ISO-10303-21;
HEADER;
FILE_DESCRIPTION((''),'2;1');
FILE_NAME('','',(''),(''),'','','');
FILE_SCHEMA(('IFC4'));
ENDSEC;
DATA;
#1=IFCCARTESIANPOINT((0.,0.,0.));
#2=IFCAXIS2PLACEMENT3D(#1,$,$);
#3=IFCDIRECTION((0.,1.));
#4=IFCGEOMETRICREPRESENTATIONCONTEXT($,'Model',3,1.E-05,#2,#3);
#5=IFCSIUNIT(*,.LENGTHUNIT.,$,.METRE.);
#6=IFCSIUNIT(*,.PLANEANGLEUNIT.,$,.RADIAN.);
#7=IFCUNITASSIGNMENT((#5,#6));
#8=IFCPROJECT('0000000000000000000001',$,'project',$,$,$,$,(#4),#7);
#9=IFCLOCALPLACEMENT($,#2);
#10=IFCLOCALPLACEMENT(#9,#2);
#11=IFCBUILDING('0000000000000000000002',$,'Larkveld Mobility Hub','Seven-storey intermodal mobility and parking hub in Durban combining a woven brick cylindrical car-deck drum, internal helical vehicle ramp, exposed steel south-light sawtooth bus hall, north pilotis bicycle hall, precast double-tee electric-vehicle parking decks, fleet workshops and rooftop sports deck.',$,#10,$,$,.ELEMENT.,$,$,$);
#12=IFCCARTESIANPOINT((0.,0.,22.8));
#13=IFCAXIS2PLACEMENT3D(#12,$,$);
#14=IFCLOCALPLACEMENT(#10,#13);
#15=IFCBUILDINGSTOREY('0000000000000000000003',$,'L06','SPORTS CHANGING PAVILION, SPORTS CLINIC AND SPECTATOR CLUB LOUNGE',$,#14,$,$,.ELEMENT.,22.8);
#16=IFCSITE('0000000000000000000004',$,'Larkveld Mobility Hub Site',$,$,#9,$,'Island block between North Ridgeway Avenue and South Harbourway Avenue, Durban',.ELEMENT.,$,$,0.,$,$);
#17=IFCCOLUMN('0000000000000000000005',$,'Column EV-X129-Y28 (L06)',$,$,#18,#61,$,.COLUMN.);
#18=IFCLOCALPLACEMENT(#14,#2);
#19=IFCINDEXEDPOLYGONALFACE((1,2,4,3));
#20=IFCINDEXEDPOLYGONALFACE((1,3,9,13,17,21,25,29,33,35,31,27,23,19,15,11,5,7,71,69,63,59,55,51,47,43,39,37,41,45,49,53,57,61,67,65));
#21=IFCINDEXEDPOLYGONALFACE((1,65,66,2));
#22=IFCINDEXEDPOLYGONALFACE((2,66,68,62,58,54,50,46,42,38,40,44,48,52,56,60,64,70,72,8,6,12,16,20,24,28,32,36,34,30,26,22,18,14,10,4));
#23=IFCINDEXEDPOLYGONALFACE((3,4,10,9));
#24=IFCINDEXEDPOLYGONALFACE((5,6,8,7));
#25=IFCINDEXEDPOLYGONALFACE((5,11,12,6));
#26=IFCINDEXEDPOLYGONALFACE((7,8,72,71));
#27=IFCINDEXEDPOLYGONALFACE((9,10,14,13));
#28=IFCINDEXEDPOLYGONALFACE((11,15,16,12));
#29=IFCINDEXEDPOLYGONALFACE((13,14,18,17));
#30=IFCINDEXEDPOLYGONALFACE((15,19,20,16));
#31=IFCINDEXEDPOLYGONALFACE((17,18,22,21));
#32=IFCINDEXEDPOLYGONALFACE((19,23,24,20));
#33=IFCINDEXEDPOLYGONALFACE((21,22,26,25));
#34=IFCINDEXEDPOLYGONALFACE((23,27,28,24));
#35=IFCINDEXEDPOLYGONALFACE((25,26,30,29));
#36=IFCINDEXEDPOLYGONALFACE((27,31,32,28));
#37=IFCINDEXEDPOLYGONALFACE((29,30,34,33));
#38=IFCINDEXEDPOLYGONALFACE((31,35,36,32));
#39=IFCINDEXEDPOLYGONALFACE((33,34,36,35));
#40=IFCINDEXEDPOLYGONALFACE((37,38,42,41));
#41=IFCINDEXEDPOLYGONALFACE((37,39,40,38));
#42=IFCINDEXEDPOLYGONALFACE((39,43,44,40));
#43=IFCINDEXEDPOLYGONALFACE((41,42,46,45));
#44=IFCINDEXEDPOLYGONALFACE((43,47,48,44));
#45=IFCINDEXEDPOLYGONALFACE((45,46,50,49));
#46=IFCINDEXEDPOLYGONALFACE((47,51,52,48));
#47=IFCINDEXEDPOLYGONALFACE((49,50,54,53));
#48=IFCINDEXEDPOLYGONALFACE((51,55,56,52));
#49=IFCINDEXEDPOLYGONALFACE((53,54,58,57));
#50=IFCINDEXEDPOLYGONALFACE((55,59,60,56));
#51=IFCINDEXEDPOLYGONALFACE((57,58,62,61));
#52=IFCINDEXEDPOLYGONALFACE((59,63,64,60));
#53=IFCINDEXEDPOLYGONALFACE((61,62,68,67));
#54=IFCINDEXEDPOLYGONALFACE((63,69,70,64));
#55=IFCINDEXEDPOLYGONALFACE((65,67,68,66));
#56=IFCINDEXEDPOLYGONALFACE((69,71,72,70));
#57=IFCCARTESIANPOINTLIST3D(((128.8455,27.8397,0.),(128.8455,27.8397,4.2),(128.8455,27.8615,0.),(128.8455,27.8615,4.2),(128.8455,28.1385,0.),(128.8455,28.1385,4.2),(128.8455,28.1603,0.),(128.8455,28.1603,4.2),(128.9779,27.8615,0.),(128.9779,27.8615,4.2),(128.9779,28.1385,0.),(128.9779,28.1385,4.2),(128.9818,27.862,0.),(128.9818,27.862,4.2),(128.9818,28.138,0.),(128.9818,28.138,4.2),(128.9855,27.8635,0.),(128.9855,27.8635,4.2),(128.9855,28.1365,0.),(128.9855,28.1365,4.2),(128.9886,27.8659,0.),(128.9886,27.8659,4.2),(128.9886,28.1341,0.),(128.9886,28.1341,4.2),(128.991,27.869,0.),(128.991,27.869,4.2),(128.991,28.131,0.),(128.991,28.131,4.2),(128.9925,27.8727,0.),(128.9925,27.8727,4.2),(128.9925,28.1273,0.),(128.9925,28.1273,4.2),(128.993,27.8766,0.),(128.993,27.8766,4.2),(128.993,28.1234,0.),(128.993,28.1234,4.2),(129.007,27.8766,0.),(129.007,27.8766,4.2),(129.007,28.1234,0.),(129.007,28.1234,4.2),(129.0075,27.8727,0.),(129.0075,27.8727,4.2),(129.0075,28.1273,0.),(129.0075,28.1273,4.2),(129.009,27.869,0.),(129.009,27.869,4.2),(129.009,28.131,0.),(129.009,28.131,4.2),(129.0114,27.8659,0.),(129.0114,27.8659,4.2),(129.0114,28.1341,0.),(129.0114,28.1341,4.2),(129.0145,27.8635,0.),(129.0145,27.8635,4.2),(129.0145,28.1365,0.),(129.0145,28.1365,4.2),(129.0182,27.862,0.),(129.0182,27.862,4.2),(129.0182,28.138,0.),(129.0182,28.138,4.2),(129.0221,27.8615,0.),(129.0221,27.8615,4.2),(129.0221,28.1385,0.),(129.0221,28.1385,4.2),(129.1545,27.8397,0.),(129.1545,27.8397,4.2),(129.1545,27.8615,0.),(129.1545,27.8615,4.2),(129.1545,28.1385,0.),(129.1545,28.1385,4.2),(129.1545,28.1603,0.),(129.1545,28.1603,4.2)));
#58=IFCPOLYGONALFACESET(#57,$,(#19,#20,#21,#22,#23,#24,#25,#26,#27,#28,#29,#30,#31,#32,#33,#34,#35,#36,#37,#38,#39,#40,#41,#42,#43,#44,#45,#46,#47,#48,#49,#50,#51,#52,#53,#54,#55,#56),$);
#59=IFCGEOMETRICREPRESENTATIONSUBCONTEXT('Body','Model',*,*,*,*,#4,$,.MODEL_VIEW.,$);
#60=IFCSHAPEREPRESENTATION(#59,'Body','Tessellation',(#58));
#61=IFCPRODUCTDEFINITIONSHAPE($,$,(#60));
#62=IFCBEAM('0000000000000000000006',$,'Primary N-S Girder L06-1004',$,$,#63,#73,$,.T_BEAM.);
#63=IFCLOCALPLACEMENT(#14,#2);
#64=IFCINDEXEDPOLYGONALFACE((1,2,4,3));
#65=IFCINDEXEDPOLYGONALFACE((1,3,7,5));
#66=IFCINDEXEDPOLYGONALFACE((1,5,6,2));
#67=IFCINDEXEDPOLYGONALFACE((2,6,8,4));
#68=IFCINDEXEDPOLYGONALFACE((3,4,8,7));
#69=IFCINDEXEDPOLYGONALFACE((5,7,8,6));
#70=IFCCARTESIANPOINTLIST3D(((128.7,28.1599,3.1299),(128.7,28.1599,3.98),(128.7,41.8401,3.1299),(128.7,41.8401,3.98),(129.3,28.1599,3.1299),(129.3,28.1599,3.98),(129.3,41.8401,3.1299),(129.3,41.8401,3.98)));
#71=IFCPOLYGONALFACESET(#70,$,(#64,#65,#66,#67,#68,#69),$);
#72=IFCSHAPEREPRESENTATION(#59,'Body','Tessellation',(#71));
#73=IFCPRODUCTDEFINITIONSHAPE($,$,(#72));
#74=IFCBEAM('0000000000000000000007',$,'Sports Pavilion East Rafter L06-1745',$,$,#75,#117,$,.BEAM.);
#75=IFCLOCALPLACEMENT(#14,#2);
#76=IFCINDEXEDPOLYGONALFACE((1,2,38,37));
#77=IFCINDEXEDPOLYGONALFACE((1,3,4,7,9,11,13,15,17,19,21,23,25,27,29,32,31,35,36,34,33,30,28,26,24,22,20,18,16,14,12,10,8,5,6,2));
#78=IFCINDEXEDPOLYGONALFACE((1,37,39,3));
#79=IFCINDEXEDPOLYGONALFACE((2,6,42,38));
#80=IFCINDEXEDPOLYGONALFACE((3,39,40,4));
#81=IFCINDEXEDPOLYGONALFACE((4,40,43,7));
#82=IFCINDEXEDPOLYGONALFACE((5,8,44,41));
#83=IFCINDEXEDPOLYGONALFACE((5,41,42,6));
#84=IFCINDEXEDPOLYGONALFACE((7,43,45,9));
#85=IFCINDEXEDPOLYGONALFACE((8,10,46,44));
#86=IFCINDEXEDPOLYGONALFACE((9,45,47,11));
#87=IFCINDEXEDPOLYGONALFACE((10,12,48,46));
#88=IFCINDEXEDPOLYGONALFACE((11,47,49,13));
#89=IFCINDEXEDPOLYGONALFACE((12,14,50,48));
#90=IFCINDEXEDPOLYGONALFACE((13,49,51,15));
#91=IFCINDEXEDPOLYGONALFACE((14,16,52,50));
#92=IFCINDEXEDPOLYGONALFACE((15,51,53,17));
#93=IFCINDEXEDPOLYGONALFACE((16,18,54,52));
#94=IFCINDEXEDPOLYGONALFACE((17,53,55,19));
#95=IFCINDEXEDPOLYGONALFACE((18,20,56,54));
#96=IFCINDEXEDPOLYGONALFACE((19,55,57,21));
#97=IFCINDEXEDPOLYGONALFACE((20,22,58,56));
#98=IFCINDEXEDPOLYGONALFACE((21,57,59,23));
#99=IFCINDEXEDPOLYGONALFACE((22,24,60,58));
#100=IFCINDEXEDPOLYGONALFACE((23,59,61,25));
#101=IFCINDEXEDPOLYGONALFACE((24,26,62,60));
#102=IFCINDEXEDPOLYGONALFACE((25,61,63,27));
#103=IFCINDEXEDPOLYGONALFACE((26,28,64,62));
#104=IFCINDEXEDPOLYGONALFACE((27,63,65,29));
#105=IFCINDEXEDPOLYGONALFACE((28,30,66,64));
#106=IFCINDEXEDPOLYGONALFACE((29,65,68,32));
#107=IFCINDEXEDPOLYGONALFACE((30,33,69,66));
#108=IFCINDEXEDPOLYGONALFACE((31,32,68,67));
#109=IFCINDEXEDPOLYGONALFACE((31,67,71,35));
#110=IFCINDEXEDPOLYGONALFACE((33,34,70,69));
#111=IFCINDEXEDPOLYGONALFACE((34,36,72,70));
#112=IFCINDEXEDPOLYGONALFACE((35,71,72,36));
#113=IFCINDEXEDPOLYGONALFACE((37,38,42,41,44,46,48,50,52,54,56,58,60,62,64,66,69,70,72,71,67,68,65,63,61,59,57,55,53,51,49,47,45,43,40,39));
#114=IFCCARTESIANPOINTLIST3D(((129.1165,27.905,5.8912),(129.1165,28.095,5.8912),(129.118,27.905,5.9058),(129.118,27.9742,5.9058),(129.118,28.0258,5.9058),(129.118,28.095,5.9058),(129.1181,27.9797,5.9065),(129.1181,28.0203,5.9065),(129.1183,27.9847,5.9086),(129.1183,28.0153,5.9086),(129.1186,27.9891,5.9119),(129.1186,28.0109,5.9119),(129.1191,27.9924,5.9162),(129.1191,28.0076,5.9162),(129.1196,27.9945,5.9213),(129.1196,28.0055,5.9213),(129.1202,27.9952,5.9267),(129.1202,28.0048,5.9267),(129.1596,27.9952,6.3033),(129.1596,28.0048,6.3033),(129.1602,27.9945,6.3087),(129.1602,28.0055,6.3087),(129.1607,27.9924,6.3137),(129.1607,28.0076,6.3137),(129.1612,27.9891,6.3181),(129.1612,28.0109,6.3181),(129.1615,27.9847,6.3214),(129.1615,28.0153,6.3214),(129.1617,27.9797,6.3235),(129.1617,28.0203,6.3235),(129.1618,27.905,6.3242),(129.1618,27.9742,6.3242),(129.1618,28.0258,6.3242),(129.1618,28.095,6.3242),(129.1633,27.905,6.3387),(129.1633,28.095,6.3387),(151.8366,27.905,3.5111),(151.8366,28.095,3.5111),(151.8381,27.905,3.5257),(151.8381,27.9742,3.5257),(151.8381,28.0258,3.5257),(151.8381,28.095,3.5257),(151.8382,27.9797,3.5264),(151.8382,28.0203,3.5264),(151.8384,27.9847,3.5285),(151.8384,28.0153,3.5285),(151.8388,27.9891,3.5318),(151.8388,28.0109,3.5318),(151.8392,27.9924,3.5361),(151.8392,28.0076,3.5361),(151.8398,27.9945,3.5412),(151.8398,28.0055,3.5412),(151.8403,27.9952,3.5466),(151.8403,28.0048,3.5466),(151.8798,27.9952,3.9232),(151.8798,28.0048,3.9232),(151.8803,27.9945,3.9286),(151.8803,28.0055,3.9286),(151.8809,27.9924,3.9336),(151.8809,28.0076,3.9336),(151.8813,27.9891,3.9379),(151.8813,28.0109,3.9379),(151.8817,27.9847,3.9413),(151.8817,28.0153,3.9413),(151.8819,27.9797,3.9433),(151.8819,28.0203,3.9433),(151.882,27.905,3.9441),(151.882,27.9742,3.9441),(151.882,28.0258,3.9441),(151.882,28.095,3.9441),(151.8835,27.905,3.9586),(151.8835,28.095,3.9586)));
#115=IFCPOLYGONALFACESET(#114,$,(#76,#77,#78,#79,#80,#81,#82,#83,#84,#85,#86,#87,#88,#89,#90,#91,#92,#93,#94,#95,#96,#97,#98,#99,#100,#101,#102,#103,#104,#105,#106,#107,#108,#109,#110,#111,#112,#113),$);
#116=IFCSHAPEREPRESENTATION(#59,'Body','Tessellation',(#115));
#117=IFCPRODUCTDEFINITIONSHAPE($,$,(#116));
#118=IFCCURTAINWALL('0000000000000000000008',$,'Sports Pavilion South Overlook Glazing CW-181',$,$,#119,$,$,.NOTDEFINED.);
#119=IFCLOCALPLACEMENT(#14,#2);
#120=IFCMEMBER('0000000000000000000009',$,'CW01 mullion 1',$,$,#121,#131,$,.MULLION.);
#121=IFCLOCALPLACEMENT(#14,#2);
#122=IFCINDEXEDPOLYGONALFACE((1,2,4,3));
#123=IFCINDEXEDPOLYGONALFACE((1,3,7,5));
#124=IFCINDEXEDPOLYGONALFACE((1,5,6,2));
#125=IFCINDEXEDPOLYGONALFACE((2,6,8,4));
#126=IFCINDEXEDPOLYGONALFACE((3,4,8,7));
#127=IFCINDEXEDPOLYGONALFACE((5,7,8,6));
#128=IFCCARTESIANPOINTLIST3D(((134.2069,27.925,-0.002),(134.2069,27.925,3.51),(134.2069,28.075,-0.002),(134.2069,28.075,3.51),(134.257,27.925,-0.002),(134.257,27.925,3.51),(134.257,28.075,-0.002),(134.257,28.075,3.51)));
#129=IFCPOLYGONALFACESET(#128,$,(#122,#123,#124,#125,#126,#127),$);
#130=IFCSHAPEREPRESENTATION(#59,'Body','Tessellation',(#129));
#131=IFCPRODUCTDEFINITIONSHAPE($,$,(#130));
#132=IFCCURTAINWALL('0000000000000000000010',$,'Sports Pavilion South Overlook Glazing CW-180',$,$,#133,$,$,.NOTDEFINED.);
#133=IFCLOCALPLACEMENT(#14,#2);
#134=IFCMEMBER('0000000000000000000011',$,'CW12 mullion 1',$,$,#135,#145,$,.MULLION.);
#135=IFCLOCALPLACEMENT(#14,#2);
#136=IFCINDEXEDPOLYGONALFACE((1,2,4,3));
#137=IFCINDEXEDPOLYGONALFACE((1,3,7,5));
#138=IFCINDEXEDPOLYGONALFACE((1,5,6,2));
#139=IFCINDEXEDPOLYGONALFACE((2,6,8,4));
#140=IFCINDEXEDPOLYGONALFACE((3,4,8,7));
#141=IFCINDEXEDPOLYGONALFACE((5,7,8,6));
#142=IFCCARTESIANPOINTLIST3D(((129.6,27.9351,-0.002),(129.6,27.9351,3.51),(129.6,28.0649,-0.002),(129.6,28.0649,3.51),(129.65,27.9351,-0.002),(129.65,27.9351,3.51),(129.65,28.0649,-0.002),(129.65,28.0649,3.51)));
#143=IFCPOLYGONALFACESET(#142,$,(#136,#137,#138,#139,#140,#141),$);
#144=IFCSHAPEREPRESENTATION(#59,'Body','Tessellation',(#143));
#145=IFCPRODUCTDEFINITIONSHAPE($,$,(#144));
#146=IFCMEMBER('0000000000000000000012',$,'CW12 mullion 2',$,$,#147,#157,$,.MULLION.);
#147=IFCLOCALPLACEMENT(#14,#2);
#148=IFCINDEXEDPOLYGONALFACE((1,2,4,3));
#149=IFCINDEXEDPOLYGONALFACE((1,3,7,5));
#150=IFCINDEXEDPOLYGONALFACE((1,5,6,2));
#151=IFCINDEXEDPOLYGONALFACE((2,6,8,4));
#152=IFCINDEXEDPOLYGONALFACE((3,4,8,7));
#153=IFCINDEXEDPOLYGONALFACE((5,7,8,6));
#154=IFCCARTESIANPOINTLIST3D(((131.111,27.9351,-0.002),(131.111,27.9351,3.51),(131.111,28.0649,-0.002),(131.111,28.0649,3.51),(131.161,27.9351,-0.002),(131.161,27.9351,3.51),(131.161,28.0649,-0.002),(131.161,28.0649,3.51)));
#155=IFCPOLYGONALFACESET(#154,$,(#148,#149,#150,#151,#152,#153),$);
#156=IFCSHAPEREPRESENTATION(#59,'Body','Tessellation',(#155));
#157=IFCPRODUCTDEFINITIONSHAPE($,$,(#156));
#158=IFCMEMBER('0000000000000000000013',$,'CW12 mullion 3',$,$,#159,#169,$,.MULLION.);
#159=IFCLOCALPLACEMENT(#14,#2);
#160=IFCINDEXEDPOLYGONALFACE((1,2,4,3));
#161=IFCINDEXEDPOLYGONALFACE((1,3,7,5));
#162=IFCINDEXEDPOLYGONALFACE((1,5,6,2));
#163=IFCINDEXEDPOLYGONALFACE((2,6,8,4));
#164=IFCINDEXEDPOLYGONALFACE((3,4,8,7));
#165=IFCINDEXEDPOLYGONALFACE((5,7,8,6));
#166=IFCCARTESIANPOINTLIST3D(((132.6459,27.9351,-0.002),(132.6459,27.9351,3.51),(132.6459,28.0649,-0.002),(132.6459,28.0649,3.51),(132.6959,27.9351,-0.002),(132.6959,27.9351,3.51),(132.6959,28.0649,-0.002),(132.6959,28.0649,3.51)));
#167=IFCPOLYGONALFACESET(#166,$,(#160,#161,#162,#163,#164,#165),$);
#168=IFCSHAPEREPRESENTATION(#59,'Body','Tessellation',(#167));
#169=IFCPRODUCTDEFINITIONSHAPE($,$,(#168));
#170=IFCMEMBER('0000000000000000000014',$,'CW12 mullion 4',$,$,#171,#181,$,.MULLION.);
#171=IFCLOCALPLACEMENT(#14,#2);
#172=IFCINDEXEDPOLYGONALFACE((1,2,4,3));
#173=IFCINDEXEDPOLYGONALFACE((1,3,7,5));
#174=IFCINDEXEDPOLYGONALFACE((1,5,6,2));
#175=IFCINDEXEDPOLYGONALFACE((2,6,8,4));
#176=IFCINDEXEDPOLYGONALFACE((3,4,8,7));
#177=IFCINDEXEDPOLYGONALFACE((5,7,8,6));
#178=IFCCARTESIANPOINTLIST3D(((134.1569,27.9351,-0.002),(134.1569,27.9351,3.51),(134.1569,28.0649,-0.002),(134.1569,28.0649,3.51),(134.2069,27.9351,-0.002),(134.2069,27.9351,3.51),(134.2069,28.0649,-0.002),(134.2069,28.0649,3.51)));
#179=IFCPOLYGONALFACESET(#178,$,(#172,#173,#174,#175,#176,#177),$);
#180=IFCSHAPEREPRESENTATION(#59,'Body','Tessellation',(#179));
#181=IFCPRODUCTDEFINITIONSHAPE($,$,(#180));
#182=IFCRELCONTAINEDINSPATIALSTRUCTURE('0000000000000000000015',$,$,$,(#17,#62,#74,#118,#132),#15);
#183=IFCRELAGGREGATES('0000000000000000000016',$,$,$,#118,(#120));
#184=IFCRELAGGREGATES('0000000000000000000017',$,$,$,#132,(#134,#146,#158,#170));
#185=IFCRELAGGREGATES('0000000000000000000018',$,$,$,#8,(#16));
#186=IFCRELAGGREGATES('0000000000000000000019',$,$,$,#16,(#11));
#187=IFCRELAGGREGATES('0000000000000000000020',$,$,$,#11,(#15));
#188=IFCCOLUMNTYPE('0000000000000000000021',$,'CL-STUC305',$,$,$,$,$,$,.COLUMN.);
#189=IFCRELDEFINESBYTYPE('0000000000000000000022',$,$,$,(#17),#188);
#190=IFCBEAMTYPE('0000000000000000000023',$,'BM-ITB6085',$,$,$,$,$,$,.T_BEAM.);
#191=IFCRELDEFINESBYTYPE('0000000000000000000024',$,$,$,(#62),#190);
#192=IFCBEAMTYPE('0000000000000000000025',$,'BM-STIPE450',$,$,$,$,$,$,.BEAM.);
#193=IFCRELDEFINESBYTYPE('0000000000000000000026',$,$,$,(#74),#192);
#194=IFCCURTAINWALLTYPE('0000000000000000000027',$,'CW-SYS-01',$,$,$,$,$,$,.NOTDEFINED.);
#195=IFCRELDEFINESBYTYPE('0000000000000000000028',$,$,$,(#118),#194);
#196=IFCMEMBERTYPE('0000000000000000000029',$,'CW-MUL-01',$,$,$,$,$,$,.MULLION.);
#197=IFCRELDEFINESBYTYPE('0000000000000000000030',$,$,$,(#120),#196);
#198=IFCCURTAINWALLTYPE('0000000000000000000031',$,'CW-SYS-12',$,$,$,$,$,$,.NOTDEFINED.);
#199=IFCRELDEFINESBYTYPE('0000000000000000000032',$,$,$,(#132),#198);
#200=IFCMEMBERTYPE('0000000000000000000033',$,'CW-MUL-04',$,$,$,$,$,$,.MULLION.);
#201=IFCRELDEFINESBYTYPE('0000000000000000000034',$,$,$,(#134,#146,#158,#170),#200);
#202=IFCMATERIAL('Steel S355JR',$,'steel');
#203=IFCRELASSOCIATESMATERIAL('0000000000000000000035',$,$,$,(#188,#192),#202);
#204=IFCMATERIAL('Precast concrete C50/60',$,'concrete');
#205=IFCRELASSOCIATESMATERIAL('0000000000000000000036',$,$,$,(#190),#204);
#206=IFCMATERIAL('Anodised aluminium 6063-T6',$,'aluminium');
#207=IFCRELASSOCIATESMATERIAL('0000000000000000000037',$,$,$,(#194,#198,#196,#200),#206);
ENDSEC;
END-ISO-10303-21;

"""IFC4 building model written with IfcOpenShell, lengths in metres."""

from ifc_helpers import new_model, si_unit, direction, frame, origin, origin_2d, place, context, subcontext, project, spatial, rectangle, i_section, extrude, material, material_profile, profile_set, type_object, element, aggregate, save


model = new_model("IFC4")

# Units and contexts
model_context = context("Model", 3, precision=1e-05, world=origin(), true_north=direction((0.0, 1.0)))
body_context = subcontext(model_context, "Body", "Model", "MODEL_VIEW")
ifc_project = project(units=[si_unit("LENGTHUNIT", "METRE"), si_unit("PLANEANGLEUNIT", "RADIAN")], contexts=[model_context])

# Site, building, storey
site_placement = place(None, origin())
site = spatial("IfcSite", under=ifc_project, at=site_placement, Name="Larkveld Mobility Hub Site", LongName="Island block between North Ridgeway Avenue and South Harbourway Avenue, Durban", CompositionType="ELEMENT", RefElevation=0.0)
building_placement = place(site_placement, origin())
building = spatial("IfcBuilding", under=site, at=building_placement, Name="Larkveld Mobility Hub", Description="Seven-storey intermodal mobility and parking hub in Durban combining a woven brick cylindrical car-deck drum, internal helical vehicle ramp, exposed steel south-light sawtooth bus hall, north pilotis bicycle hall, precast double-tee electric-vehicle parking decks, fleet workshops and rooftop sports deck.", CompositionType="ELEMENT")
storey_placement = place(building_placement, frame((0.0, 0.0, 22.8)))
storey = spatial("IfcBuildingStorey", under=building, at=storey_placement, Name="L06", Description="SPORTS CHANGING PAVILION, SPORTS CLINIC AND SPECTATOR CLUB LOUNGE", CompositionType="ELEMENT", Elevation=22.8)

# Column
ifc_material_1 = material(Name="Steel S355JR", Category="steel")
ifc_material_profile_1 = material_profile(ifc_material_1, i_section(OverallWidth=0.3091, OverallDepth=0.3206, WebThickness=0.0139, FlangeThickness=0.0217, FilletRadius=0.0151, at=origin_2d()), Name="UC 305x305x137")
ifc_profile_set_1 = profile_set([ifc_material_profile_1], Name="Steel S355JR")
column_type = type_object("IfcColumnType", Name="CL-STUC305", PredefinedType="COLUMN", material=ifc_profile_set_1)
column_placement = place(storey_placement, frame((129.0, 28.0, 0.0), z_axis=(0.0, 0.0, 1.0), x_axis=(1.0, 0.0, 0.0)))
element("IfcColumn", 1, at=column_placement, inside=storey, type_object=column_type, Name="Column EV-X129-Y28 (L06)", PredefinedType="COLUMN", context=body_context, shape_type="SweptSolid", body=[
    extrude(i_section(OverallWidth=0.3091, OverallDepth=0.3206, WebThickness=0.0139, FlangeThickness=0.0217, FilletRadius=0.0151, at=origin_2d()), origin(), (0.0, 0.0, 1.0), 4.2),
])

# Beams
ifc_material_2 = material(Name="Precast concrete C50/60", Category="concrete")
ifc_material_profile_2 = material_profile(ifc_material_2, rectangle(XDim=0.6001, YDim=0.8501, at=origin_2d()), Name="PC ITB 600x850")
ifc_profile_set_2 = profile_set([ifc_material_profile_2], Name="Precast concrete C50/60")
beam_type_1 = type_object("IfcBeamType", Name="BM-ITB6085", PredefinedType="T_BEAM", material=ifc_profile_set_2)
beam_1_placement = place(storey_placement, frame((129.0, 28.1599, 3.5549), z_axis=(0.0, 1.0, 0.0), x_axis=(-1.0, 0.0, 0.0)))
element("IfcBeam", 2, at=beam_1_placement, inside=storey, type_object=beam_type_1, Name="Primary N-S Girder L06-1004", PredefinedType="T_BEAM", context=body_context, shape_type="SweptSolid", body=[
    extrude(rectangle(XDim=0.6001, YDim=0.8501, at=origin_2d()), origin(), (0.0, 0.0, 1.0), 13.6802),
])
ifc_material_profile_3 = material_profile(ifc_material_1, i_section(OverallWidth=0.1899, OverallDepth=0.45, WebThickness=0.0095, FlangeThickness=0.0146, FilletRadius=0.021, at=origin_2d()), Name="IPE 450")
ifc_profile_set_3 = profile_set([ifc_material_profile_3], Name="Steel S355JR")
beam_type_2 = type_object("IfcBeamType", Name="BM-STIPE450", PredefinedType="BEAM", material=ifc_profile_set_3)
beam_2_placement = place(storey_placement, frame((129.1399, 28.0, 6.115), z_axis=(0.994558, 0.0, -0.104188), x_axis=(0.0, 1.0, 0.0)))
element("IfcBeam", 3, at=beam_2_placement, inside=storey, type_object=beam_type_2, Name="Sports Pavilion East Rafter L06-1745", PredefinedType="BEAM", context=body_context, shape_type="SweptSolid", body=[
    extrude(i_section(OverallWidth=0.1899, OverallDepth=0.45, WebThickness=0.0095, FlangeThickness=0.0146, FilletRadius=0.021, at=origin_2d()), origin(), (0.0, 0.0, 1.0), 22.8445),
])

# Curtain wall, member
ifc_material_3 = material(Name="Anodised aluminium 6063-T6", Category="aluminium")
curtain_wall_type_1 = type_object("IfcCurtainWallType", Name="CW-SYS-01", PredefinedType="NOTDEFINED", material=ifc_material_3)
curtain_wall_1_placement = place(storey_placement, origin())
curtain_wall_1 = element("IfcCurtainWall", 4, at=curtain_wall_1_placement, inside=storey, type_object=curtain_wall_type_1, Name="Sports Pavilion South Overlook Glazing CW-181", PredefinedType="NOTDEFINED")
ifc_material_profile_4 = material_profile(ifc_material_3, rectangle(XDim=0.05, YDim=0.1499, at=origin_2d()), Name="ALU MULL 50x150")
ifc_profile_set_4 = profile_set([ifc_material_profile_4], Name="Anodised aluminium 6063-T6")
member_type_1 = type_object("IfcMemberType", Name="CW-MUL-01", PredefinedType="MULLION", material=ifc_profile_set_4)
member_1_placement = place(storey_placement, frame((134.2319, 28.0, -0.002), z_axis=(0.0, 0.0, 1.0), x_axis=(1.0, 0.0, 0.0)))
member_1 = element("IfcMember", 5, at=member_1_placement, type_object=member_type_1, Name="CW01 mullion 1", PredefinedType="MULLION", context=body_context, shape_type="SweptSolid", body=[
    extrude(rectangle(XDim=0.05, YDim=0.1499, at=origin_2d()), origin(), (0.0, 0.0, 1.0), 3.512),
])
aggregate(curtain_wall_1, [member_1])

# Curtain wall, members
curtain_wall_type_2 = type_object("IfcCurtainWallType", Name="CW-SYS-12", PredefinedType="NOTDEFINED", material=ifc_material_3)
curtain_wall_2_placement = place(storey_placement, origin())
curtain_wall_2 = element("IfcCurtainWall", 6, at=curtain_wall_2_placement, inside=storey, type_object=curtain_wall_type_2, Name="Sports Pavilion South Overlook Glazing CW-180", PredefinedType="NOTDEFINED")
ifc_material_profile_5 = material_profile(ifc_material_3, rectangle(XDim=0.05, YDim=0.1299, at=origin_2d()), Name="ALU MULL 50x130")
ifc_profile_set_5 = profile_set([ifc_material_profile_5], Name="Anodised aluminium 6063-T6")
member_type_2 = type_object("IfcMemberType", Name="CW-MUL-04", PredefinedType="MULLION", material=ifc_profile_set_5)
member_2_placement = place(storey_placement, frame((129.625, 28.0, -0.002), z_axis=(0.0, 0.0, 1.0), x_axis=(1.0, 0.0, 0.0)))
member_2 = element("IfcMember", 7, at=member_2_placement, type_object=member_type_2, Name="CW12 mullion 1", PredefinedType="MULLION", context=body_context, shape_type="SweptSolid", body=[
    extrude(rectangle(XDim=0.05, YDim=0.1299, at=origin_2d()), origin(), (0.0, 0.0, 1.0), 3.512),
])
member_3_placement = place(storey_placement, frame((131.136, 28.0, -0.002), z_axis=(0.0, 0.0, 1.0), x_axis=(1.0, 0.0, 0.0)))
member_3 = element("IfcMember", 8, at=member_3_placement, type_object=member_type_2, Name="CW12 mullion 2", PredefinedType="MULLION", context=body_context, shape_type="SweptSolid", body=[
    extrude(rectangle(XDim=0.05, YDim=0.1299, at=origin_2d()), origin(), (0.0, 0.0, 1.0), 3.512),
])
member_4_placement = place(storey_placement, frame((132.6709, 28.0, -0.002), z_axis=(0.0, 0.0, 1.0), x_axis=(1.0, 0.0, 0.0)))
member_4 = element("IfcMember", 9, at=member_4_placement, type_object=member_type_2, Name="CW12 mullion 3", PredefinedType="MULLION", context=body_context, shape_type="SweptSolid", body=[
    extrude(rectangle(XDim=0.05, YDim=0.1299, at=origin_2d()), origin(), (0.0, 0.0, 1.0), 3.512),
])
member_5_placement = place(storey_placement, frame((134.1819, 28.0, -0.002), z_axis=(0.0, 0.0, 1.0), x_axis=(1.0, 0.0, 0.0)))
member_5 = element("IfcMember", 10, at=member_5_placement, type_object=member_type_2, Name="CW12 mullion 4", PredefinedType="MULLION", context=body_context, shape_type="SweptSolid", body=[
    extrude(rectangle(XDim=0.05, YDim=0.1299, at=origin_2d()), origin(), (0.0, 0.0, 1.0), 3.512),
])
aggregate(curtain_wall_2, [member_2, member_3, member_4, member_5])

save(model, "model.ifc")
